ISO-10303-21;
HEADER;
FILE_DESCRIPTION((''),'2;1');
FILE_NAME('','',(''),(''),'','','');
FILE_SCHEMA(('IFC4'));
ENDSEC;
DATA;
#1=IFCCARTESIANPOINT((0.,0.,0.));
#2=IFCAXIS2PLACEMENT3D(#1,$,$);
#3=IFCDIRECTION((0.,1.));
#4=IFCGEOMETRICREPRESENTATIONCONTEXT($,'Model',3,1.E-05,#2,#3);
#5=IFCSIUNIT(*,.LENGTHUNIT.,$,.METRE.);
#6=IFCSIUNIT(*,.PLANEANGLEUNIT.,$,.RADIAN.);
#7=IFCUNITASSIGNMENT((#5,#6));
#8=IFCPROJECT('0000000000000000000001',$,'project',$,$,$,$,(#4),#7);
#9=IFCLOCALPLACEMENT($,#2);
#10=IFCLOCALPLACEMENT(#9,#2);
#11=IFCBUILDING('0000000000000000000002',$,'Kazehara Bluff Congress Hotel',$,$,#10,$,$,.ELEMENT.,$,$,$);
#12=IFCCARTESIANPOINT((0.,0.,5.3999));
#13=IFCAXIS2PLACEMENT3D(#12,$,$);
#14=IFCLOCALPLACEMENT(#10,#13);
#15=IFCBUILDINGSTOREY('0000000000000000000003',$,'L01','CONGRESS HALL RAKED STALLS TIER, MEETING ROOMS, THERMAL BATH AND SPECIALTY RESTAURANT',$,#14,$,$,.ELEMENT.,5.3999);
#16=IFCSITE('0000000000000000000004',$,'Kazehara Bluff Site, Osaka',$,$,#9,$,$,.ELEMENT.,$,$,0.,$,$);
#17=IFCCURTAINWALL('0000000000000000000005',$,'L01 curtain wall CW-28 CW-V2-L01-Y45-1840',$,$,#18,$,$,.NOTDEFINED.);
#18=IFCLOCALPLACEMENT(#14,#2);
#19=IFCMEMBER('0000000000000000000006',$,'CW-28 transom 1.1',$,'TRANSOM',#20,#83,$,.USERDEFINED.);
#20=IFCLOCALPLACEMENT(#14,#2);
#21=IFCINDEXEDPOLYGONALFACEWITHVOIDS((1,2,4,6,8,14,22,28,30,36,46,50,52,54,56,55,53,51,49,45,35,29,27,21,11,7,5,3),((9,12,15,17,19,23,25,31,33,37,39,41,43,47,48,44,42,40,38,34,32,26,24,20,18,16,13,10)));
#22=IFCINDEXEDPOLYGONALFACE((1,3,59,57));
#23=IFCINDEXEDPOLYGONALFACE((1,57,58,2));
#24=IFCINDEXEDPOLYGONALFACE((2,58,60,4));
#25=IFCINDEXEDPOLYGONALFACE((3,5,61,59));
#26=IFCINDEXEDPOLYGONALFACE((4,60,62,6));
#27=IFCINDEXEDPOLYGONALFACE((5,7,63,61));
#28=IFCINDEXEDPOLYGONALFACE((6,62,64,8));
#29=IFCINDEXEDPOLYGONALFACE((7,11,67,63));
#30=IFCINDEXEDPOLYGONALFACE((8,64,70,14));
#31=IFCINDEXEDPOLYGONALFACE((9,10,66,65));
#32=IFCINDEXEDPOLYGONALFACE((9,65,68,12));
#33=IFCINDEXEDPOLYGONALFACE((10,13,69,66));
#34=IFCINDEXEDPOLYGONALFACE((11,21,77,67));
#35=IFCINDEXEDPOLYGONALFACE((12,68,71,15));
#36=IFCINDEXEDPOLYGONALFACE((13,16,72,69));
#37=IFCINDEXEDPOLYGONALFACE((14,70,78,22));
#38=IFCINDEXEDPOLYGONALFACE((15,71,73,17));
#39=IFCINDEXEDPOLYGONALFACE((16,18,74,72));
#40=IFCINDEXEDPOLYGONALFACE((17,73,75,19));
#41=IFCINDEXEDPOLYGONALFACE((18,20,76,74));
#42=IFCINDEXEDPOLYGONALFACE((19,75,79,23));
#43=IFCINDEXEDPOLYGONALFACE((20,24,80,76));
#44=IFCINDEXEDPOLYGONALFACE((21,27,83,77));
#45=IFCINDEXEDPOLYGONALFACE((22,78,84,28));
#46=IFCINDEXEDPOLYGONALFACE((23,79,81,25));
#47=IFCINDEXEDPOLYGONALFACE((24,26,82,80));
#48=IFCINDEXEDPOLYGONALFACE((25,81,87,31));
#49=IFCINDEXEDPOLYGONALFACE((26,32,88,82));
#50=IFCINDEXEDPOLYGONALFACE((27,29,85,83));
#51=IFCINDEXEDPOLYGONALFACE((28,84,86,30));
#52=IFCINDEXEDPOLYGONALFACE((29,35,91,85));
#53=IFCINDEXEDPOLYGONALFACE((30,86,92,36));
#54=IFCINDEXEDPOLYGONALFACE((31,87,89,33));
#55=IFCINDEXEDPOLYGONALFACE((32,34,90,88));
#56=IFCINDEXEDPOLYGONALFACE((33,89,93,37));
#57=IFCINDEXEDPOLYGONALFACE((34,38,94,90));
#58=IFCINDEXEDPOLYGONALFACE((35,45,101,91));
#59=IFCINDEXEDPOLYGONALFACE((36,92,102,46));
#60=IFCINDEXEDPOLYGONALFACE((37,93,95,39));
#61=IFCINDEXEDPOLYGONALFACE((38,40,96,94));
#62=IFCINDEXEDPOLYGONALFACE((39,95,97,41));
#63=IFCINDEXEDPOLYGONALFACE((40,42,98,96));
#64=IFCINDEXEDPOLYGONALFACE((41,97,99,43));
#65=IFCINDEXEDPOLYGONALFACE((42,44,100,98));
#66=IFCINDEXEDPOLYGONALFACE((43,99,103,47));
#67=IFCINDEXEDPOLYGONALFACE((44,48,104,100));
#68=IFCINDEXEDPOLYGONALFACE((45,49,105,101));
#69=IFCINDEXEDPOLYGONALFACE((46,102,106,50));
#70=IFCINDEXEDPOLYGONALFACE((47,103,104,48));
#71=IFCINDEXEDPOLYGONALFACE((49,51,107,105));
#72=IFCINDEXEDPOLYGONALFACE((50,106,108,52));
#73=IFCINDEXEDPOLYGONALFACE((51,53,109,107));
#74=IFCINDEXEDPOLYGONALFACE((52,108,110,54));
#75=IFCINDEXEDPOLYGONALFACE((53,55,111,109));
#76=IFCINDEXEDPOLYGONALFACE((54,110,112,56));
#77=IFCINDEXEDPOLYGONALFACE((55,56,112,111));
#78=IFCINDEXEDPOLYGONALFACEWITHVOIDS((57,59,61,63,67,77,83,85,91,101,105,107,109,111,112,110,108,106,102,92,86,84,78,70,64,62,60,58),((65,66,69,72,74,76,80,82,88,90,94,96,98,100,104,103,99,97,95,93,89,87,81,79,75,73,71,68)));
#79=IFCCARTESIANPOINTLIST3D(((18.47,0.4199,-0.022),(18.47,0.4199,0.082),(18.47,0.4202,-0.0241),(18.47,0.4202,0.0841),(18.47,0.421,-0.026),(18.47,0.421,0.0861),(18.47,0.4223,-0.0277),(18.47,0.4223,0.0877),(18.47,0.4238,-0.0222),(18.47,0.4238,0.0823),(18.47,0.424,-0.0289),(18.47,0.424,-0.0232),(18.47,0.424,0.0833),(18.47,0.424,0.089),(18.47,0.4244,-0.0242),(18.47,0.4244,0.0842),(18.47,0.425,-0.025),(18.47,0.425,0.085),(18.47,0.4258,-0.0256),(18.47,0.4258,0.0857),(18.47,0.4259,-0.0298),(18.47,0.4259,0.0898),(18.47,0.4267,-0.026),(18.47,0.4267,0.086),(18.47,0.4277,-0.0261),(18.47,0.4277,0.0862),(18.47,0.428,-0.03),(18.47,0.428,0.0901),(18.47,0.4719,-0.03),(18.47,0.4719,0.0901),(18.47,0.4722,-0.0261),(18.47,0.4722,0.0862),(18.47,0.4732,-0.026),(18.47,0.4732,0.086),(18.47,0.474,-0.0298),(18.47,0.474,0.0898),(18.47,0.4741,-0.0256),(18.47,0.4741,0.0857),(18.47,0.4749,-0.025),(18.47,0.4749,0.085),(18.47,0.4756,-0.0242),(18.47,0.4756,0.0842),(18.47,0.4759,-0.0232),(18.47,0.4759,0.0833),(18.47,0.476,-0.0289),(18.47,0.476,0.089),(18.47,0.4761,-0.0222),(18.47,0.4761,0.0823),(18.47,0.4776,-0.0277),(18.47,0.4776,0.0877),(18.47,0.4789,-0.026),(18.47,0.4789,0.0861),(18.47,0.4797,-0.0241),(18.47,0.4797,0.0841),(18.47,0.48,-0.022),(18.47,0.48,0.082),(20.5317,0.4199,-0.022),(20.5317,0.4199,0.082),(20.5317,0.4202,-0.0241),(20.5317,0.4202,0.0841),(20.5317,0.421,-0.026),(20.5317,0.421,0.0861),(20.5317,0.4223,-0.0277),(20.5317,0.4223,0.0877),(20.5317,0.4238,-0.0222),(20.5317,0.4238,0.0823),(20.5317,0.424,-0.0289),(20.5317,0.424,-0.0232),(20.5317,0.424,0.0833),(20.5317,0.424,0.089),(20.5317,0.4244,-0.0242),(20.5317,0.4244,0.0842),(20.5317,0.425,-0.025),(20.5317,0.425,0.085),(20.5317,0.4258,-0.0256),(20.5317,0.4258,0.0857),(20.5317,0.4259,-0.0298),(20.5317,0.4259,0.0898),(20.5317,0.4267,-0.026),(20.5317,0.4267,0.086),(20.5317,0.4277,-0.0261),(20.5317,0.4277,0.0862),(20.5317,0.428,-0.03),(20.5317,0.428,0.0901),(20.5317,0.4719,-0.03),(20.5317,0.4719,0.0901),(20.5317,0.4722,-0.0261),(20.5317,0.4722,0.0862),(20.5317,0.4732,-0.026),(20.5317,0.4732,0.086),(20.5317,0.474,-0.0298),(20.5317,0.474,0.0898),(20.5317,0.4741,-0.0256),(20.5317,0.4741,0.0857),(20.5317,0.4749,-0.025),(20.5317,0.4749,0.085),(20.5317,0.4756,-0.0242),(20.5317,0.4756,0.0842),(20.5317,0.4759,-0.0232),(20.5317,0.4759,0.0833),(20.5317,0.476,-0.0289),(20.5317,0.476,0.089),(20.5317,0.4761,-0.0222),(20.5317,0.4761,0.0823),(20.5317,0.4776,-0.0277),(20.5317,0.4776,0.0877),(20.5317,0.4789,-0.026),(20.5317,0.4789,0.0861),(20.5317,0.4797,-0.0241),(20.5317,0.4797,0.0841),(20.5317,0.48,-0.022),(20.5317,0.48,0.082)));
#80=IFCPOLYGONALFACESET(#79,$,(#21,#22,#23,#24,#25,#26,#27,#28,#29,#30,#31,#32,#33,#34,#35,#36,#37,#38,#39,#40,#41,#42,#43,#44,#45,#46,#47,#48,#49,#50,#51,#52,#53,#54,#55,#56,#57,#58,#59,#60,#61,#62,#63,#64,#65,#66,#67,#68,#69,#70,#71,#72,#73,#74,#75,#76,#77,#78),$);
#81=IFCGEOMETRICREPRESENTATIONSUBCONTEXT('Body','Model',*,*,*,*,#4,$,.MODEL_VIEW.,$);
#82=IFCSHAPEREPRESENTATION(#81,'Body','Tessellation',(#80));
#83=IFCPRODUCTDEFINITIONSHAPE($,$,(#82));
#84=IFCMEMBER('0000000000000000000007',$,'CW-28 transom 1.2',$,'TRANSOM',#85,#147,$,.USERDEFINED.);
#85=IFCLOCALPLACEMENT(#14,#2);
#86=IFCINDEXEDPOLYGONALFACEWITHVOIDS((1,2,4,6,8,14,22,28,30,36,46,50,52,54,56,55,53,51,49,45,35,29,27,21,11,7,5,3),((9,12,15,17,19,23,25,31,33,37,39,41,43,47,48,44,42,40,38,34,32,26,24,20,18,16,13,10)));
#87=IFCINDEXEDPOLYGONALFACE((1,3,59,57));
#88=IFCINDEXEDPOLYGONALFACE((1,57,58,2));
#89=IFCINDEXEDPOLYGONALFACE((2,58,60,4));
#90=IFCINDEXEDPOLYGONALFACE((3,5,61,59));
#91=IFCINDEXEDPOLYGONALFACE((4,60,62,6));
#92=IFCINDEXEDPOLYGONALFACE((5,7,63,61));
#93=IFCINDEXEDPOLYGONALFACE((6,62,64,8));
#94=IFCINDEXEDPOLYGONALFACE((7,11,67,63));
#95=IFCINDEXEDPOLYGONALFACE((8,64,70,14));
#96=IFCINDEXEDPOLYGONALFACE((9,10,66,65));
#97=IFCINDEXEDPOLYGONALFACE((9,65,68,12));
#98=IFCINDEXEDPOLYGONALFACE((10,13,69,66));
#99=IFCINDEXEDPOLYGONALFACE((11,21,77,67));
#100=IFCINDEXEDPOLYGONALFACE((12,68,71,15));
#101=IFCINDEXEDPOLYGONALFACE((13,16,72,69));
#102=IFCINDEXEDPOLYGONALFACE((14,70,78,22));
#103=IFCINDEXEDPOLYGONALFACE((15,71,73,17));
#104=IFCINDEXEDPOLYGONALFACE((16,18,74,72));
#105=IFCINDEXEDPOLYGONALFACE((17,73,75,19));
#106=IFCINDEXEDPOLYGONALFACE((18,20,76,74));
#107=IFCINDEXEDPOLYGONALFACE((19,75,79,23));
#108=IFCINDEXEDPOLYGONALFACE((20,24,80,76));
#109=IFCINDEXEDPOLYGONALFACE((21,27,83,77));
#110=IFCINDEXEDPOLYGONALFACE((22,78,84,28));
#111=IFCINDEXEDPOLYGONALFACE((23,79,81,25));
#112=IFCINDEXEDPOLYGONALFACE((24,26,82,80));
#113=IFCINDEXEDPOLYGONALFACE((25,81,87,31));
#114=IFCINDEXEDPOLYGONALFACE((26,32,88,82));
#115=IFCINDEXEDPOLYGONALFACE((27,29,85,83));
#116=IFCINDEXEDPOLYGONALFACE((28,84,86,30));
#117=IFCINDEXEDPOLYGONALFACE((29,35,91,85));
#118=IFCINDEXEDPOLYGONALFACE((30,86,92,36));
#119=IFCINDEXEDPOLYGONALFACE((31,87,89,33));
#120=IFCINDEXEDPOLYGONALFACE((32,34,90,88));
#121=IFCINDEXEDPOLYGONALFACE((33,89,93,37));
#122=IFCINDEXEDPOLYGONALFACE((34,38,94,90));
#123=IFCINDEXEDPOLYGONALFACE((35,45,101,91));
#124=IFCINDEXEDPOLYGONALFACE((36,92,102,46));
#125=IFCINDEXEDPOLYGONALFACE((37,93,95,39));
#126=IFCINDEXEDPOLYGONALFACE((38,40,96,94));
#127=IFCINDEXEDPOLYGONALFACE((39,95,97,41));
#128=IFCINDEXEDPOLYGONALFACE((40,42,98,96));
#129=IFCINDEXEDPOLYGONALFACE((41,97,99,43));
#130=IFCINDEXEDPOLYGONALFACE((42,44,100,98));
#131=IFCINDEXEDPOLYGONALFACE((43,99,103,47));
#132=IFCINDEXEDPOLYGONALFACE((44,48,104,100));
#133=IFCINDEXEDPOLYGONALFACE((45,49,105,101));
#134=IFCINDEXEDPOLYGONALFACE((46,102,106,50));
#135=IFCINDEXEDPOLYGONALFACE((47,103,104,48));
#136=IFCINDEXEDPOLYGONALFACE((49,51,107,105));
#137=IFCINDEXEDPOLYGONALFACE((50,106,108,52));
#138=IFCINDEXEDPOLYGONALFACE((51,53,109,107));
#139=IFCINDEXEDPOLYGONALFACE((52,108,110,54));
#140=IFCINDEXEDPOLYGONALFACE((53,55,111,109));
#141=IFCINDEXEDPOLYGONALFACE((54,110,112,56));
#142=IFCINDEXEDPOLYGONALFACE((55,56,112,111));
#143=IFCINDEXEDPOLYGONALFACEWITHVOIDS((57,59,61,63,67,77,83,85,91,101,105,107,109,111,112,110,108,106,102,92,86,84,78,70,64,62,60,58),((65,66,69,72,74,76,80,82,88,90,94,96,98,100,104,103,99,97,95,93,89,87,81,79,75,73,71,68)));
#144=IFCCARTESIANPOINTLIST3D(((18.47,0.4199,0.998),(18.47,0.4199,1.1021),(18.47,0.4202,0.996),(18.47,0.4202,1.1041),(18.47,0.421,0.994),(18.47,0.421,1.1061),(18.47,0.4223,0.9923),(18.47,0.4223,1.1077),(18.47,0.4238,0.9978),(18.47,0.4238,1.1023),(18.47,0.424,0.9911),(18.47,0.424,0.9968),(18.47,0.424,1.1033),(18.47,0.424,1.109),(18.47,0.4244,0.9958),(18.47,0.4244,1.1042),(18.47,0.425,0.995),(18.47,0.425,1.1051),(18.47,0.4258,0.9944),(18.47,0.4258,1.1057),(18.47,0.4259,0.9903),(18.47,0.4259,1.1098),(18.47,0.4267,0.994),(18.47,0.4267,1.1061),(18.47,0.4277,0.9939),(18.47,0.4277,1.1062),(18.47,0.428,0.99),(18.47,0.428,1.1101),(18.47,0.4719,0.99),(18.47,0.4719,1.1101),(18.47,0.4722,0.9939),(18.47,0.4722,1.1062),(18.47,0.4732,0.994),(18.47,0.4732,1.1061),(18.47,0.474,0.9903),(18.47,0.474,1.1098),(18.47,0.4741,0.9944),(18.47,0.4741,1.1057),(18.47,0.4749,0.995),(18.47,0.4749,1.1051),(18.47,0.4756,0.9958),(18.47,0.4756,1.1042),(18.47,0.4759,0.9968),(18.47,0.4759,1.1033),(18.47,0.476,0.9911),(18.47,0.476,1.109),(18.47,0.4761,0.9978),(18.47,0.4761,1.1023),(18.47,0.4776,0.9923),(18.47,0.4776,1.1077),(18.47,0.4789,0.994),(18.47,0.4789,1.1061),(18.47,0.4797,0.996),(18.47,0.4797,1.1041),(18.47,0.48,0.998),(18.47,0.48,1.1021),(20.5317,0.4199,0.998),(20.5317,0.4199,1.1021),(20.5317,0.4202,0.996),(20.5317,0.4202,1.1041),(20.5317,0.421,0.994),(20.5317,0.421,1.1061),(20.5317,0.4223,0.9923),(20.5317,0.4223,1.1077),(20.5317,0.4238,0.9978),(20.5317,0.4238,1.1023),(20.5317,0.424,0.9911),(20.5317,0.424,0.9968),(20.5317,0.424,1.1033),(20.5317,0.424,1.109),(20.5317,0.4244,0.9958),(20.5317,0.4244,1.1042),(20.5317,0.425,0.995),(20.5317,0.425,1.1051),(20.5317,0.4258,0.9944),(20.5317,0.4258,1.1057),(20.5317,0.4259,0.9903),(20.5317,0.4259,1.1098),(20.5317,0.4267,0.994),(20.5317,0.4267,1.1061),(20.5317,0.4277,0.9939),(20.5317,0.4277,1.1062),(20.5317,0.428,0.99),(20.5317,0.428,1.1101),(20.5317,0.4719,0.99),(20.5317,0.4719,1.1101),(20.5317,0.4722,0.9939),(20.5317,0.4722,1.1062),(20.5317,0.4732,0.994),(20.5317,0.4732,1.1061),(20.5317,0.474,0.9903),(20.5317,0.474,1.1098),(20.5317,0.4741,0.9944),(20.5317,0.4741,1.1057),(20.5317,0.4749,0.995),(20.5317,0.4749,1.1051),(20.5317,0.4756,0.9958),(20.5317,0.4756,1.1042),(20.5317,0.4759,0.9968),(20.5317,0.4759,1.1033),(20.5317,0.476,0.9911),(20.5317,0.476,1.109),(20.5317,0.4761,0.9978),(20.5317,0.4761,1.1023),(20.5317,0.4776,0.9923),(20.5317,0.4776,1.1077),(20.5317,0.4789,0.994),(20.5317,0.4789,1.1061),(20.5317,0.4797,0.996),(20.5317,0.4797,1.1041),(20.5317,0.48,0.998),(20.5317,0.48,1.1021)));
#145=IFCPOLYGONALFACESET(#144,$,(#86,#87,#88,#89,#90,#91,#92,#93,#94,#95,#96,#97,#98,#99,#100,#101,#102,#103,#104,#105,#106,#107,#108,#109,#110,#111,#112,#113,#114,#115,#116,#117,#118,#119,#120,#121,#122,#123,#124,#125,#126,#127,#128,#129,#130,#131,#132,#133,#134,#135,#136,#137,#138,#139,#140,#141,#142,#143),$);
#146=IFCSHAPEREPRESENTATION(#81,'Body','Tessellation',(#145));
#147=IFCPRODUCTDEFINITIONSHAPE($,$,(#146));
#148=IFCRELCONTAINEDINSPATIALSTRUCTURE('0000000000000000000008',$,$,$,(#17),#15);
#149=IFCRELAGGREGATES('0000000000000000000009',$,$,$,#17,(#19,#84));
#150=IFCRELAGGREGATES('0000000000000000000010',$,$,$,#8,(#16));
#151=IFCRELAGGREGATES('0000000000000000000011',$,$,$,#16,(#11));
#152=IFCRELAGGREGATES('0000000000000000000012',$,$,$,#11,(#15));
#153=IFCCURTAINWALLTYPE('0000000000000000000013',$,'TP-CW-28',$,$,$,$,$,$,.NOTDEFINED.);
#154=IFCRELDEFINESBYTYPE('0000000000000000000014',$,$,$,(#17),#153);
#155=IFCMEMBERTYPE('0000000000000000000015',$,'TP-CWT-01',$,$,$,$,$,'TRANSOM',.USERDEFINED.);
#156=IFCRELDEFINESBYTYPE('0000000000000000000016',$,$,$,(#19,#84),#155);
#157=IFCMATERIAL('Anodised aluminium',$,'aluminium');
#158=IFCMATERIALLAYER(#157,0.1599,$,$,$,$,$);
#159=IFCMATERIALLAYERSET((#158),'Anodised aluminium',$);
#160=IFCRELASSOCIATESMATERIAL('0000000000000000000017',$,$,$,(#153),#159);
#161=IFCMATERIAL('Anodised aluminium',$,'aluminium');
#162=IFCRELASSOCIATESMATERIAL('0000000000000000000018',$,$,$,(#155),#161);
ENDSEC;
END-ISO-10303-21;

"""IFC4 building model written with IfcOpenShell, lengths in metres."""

from ifc_helpers import new_model, si_unit, direction, frame, origin, origin_2d, place, context, subcontext, project, spatial, hollow_rectangle, extrude, material, layer, layer_set, material_profile, profile_set, type_object, element, aggregate, save


model = new_model("IFC4")

# Units and contexts
model_context = context("Model", 3, precision=1e-05, world=origin(), true_north=direction((0.0, 1.0)))
body_context = subcontext(model_context, "Body", "Model", "MODEL_VIEW")
ifc_project = project(units=[si_unit("LENGTHUNIT", "METRE"), si_unit("PLANEANGLEUNIT", "RADIAN")], contexts=[model_context])

# Site, building, storey
site_placement = place(None, origin())
site = spatial("IfcSite", under=ifc_project, at=site_placement, Name="Kazehara Bluff Site, Osaka", CompositionType="ELEMENT", RefElevation=0.0)
building_placement = place(site_placement, origin())
building = spatial("IfcBuilding", under=site, at=building_placement, Name="Kazehara Bluff Congress Hotel", CompositionType="ELEMENT")
storey_placement = place(building_placement, frame((0.0, 0.0, 5.3999)))
storey = spatial("IfcBuildingStorey", under=building, at=storey_placement, Name="L01", Description="CONGRESS HALL RAKED STALLS TIER, MEETING ROOMS, THERMAL BATH AND SPECIALTY RESTAURANT", CompositionType="ELEMENT", Elevation=5.3999)

# Curtain wall, members
ifc_material_1 = material(Name="Anodised aluminium", Category="aluminium")
ifc_layer_1 = layer(ifc_material_1, 0.1599)
ifc_layer_set_1 = layer_set([ifc_layer_1], Name="Anodised aluminium")
curtain_wall_type_1 = type_object("IfcCurtainWallType", Name="TP-CW-28", PredefinedType="NOTDEFINED", material=ifc_layer_set_1)
curtain_wall_1_placement = place(storey_placement, origin())
curtain_wall_1 = element("IfcCurtainWall", 1, at=curtain_wall_1_placement, inside=storey, type_object=curtain_wall_type_1, Name="L01 curtain wall CW-28 CW-V2-L01-Y45-1840", PredefinedType="NOTDEFINED")
ifc_material_2 = material(Name="Anodised aluminium", Category="aluminium")
ifc_material_profile_1 = material_profile(ifc_material_2, hollow_rectangle(XDim=0.0601, YDim=0.1201, WallThickness=0.0039, InnerFilletRadius=0.0039, OuterFilletRadius=0.0081, at=origin_2d()))
ifc_profile_set_1 = profile_set([ifc_material_profile_1], Name="Anodised aluminium")
member_type_1 = type_object("IfcMemberType", Name="TP-CWT-01", ElementType="TRANSOM", PredefinedType="USERDEFINED", material=ifc_profile_set_1)
member_1_placement = place(storey_placement, frame((18.47, 0.45, 0.03), z_axis=(1.0, 0.0, 0.0), x_axis=(0.0, 1.0, 0.0)))
member_1 = element("IfcMember", 2, at=member_1_placement, type_object=member_type_1, Name="CW-28 transom 1.1", ObjectType="TRANSOM", PredefinedType="USERDEFINED", context=body_context, shape_type="SweptSolid", body=[
    extrude(hollow_rectangle(XDim=0.0601, YDim=0.1201, WallThickness=0.0039, InnerFilletRadius=0.0039, OuterFilletRadius=0.0081, at=origin_2d()), origin(), (0.0, 0.0, 1.0), 2.0618),
])
member_2_placement = place(storey_placement, frame((18.47, 0.45, 1.05), z_axis=(1.0, 0.0, 0.0), x_axis=(0.0, 1.0, 0.0)))
member_2 = element("IfcMember", 3, at=member_2_placement, type_object=member_type_1, Name="CW-28 transom 1.2", ObjectType="TRANSOM", PredefinedType="USERDEFINED", context=body_context, shape_type="SweptSolid", body=[
    extrude(hollow_rectangle(XDim=0.0601, YDim=0.1201, WallThickness=0.0039, InnerFilletRadius=0.0039, OuterFilletRadius=0.0081, at=origin_2d()), origin(), (0.0, 0.0, 1.0), 2.0618),
])

aggregate(curtain_wall_1, [member_1, member_2])

save(model, "model.ifc")
